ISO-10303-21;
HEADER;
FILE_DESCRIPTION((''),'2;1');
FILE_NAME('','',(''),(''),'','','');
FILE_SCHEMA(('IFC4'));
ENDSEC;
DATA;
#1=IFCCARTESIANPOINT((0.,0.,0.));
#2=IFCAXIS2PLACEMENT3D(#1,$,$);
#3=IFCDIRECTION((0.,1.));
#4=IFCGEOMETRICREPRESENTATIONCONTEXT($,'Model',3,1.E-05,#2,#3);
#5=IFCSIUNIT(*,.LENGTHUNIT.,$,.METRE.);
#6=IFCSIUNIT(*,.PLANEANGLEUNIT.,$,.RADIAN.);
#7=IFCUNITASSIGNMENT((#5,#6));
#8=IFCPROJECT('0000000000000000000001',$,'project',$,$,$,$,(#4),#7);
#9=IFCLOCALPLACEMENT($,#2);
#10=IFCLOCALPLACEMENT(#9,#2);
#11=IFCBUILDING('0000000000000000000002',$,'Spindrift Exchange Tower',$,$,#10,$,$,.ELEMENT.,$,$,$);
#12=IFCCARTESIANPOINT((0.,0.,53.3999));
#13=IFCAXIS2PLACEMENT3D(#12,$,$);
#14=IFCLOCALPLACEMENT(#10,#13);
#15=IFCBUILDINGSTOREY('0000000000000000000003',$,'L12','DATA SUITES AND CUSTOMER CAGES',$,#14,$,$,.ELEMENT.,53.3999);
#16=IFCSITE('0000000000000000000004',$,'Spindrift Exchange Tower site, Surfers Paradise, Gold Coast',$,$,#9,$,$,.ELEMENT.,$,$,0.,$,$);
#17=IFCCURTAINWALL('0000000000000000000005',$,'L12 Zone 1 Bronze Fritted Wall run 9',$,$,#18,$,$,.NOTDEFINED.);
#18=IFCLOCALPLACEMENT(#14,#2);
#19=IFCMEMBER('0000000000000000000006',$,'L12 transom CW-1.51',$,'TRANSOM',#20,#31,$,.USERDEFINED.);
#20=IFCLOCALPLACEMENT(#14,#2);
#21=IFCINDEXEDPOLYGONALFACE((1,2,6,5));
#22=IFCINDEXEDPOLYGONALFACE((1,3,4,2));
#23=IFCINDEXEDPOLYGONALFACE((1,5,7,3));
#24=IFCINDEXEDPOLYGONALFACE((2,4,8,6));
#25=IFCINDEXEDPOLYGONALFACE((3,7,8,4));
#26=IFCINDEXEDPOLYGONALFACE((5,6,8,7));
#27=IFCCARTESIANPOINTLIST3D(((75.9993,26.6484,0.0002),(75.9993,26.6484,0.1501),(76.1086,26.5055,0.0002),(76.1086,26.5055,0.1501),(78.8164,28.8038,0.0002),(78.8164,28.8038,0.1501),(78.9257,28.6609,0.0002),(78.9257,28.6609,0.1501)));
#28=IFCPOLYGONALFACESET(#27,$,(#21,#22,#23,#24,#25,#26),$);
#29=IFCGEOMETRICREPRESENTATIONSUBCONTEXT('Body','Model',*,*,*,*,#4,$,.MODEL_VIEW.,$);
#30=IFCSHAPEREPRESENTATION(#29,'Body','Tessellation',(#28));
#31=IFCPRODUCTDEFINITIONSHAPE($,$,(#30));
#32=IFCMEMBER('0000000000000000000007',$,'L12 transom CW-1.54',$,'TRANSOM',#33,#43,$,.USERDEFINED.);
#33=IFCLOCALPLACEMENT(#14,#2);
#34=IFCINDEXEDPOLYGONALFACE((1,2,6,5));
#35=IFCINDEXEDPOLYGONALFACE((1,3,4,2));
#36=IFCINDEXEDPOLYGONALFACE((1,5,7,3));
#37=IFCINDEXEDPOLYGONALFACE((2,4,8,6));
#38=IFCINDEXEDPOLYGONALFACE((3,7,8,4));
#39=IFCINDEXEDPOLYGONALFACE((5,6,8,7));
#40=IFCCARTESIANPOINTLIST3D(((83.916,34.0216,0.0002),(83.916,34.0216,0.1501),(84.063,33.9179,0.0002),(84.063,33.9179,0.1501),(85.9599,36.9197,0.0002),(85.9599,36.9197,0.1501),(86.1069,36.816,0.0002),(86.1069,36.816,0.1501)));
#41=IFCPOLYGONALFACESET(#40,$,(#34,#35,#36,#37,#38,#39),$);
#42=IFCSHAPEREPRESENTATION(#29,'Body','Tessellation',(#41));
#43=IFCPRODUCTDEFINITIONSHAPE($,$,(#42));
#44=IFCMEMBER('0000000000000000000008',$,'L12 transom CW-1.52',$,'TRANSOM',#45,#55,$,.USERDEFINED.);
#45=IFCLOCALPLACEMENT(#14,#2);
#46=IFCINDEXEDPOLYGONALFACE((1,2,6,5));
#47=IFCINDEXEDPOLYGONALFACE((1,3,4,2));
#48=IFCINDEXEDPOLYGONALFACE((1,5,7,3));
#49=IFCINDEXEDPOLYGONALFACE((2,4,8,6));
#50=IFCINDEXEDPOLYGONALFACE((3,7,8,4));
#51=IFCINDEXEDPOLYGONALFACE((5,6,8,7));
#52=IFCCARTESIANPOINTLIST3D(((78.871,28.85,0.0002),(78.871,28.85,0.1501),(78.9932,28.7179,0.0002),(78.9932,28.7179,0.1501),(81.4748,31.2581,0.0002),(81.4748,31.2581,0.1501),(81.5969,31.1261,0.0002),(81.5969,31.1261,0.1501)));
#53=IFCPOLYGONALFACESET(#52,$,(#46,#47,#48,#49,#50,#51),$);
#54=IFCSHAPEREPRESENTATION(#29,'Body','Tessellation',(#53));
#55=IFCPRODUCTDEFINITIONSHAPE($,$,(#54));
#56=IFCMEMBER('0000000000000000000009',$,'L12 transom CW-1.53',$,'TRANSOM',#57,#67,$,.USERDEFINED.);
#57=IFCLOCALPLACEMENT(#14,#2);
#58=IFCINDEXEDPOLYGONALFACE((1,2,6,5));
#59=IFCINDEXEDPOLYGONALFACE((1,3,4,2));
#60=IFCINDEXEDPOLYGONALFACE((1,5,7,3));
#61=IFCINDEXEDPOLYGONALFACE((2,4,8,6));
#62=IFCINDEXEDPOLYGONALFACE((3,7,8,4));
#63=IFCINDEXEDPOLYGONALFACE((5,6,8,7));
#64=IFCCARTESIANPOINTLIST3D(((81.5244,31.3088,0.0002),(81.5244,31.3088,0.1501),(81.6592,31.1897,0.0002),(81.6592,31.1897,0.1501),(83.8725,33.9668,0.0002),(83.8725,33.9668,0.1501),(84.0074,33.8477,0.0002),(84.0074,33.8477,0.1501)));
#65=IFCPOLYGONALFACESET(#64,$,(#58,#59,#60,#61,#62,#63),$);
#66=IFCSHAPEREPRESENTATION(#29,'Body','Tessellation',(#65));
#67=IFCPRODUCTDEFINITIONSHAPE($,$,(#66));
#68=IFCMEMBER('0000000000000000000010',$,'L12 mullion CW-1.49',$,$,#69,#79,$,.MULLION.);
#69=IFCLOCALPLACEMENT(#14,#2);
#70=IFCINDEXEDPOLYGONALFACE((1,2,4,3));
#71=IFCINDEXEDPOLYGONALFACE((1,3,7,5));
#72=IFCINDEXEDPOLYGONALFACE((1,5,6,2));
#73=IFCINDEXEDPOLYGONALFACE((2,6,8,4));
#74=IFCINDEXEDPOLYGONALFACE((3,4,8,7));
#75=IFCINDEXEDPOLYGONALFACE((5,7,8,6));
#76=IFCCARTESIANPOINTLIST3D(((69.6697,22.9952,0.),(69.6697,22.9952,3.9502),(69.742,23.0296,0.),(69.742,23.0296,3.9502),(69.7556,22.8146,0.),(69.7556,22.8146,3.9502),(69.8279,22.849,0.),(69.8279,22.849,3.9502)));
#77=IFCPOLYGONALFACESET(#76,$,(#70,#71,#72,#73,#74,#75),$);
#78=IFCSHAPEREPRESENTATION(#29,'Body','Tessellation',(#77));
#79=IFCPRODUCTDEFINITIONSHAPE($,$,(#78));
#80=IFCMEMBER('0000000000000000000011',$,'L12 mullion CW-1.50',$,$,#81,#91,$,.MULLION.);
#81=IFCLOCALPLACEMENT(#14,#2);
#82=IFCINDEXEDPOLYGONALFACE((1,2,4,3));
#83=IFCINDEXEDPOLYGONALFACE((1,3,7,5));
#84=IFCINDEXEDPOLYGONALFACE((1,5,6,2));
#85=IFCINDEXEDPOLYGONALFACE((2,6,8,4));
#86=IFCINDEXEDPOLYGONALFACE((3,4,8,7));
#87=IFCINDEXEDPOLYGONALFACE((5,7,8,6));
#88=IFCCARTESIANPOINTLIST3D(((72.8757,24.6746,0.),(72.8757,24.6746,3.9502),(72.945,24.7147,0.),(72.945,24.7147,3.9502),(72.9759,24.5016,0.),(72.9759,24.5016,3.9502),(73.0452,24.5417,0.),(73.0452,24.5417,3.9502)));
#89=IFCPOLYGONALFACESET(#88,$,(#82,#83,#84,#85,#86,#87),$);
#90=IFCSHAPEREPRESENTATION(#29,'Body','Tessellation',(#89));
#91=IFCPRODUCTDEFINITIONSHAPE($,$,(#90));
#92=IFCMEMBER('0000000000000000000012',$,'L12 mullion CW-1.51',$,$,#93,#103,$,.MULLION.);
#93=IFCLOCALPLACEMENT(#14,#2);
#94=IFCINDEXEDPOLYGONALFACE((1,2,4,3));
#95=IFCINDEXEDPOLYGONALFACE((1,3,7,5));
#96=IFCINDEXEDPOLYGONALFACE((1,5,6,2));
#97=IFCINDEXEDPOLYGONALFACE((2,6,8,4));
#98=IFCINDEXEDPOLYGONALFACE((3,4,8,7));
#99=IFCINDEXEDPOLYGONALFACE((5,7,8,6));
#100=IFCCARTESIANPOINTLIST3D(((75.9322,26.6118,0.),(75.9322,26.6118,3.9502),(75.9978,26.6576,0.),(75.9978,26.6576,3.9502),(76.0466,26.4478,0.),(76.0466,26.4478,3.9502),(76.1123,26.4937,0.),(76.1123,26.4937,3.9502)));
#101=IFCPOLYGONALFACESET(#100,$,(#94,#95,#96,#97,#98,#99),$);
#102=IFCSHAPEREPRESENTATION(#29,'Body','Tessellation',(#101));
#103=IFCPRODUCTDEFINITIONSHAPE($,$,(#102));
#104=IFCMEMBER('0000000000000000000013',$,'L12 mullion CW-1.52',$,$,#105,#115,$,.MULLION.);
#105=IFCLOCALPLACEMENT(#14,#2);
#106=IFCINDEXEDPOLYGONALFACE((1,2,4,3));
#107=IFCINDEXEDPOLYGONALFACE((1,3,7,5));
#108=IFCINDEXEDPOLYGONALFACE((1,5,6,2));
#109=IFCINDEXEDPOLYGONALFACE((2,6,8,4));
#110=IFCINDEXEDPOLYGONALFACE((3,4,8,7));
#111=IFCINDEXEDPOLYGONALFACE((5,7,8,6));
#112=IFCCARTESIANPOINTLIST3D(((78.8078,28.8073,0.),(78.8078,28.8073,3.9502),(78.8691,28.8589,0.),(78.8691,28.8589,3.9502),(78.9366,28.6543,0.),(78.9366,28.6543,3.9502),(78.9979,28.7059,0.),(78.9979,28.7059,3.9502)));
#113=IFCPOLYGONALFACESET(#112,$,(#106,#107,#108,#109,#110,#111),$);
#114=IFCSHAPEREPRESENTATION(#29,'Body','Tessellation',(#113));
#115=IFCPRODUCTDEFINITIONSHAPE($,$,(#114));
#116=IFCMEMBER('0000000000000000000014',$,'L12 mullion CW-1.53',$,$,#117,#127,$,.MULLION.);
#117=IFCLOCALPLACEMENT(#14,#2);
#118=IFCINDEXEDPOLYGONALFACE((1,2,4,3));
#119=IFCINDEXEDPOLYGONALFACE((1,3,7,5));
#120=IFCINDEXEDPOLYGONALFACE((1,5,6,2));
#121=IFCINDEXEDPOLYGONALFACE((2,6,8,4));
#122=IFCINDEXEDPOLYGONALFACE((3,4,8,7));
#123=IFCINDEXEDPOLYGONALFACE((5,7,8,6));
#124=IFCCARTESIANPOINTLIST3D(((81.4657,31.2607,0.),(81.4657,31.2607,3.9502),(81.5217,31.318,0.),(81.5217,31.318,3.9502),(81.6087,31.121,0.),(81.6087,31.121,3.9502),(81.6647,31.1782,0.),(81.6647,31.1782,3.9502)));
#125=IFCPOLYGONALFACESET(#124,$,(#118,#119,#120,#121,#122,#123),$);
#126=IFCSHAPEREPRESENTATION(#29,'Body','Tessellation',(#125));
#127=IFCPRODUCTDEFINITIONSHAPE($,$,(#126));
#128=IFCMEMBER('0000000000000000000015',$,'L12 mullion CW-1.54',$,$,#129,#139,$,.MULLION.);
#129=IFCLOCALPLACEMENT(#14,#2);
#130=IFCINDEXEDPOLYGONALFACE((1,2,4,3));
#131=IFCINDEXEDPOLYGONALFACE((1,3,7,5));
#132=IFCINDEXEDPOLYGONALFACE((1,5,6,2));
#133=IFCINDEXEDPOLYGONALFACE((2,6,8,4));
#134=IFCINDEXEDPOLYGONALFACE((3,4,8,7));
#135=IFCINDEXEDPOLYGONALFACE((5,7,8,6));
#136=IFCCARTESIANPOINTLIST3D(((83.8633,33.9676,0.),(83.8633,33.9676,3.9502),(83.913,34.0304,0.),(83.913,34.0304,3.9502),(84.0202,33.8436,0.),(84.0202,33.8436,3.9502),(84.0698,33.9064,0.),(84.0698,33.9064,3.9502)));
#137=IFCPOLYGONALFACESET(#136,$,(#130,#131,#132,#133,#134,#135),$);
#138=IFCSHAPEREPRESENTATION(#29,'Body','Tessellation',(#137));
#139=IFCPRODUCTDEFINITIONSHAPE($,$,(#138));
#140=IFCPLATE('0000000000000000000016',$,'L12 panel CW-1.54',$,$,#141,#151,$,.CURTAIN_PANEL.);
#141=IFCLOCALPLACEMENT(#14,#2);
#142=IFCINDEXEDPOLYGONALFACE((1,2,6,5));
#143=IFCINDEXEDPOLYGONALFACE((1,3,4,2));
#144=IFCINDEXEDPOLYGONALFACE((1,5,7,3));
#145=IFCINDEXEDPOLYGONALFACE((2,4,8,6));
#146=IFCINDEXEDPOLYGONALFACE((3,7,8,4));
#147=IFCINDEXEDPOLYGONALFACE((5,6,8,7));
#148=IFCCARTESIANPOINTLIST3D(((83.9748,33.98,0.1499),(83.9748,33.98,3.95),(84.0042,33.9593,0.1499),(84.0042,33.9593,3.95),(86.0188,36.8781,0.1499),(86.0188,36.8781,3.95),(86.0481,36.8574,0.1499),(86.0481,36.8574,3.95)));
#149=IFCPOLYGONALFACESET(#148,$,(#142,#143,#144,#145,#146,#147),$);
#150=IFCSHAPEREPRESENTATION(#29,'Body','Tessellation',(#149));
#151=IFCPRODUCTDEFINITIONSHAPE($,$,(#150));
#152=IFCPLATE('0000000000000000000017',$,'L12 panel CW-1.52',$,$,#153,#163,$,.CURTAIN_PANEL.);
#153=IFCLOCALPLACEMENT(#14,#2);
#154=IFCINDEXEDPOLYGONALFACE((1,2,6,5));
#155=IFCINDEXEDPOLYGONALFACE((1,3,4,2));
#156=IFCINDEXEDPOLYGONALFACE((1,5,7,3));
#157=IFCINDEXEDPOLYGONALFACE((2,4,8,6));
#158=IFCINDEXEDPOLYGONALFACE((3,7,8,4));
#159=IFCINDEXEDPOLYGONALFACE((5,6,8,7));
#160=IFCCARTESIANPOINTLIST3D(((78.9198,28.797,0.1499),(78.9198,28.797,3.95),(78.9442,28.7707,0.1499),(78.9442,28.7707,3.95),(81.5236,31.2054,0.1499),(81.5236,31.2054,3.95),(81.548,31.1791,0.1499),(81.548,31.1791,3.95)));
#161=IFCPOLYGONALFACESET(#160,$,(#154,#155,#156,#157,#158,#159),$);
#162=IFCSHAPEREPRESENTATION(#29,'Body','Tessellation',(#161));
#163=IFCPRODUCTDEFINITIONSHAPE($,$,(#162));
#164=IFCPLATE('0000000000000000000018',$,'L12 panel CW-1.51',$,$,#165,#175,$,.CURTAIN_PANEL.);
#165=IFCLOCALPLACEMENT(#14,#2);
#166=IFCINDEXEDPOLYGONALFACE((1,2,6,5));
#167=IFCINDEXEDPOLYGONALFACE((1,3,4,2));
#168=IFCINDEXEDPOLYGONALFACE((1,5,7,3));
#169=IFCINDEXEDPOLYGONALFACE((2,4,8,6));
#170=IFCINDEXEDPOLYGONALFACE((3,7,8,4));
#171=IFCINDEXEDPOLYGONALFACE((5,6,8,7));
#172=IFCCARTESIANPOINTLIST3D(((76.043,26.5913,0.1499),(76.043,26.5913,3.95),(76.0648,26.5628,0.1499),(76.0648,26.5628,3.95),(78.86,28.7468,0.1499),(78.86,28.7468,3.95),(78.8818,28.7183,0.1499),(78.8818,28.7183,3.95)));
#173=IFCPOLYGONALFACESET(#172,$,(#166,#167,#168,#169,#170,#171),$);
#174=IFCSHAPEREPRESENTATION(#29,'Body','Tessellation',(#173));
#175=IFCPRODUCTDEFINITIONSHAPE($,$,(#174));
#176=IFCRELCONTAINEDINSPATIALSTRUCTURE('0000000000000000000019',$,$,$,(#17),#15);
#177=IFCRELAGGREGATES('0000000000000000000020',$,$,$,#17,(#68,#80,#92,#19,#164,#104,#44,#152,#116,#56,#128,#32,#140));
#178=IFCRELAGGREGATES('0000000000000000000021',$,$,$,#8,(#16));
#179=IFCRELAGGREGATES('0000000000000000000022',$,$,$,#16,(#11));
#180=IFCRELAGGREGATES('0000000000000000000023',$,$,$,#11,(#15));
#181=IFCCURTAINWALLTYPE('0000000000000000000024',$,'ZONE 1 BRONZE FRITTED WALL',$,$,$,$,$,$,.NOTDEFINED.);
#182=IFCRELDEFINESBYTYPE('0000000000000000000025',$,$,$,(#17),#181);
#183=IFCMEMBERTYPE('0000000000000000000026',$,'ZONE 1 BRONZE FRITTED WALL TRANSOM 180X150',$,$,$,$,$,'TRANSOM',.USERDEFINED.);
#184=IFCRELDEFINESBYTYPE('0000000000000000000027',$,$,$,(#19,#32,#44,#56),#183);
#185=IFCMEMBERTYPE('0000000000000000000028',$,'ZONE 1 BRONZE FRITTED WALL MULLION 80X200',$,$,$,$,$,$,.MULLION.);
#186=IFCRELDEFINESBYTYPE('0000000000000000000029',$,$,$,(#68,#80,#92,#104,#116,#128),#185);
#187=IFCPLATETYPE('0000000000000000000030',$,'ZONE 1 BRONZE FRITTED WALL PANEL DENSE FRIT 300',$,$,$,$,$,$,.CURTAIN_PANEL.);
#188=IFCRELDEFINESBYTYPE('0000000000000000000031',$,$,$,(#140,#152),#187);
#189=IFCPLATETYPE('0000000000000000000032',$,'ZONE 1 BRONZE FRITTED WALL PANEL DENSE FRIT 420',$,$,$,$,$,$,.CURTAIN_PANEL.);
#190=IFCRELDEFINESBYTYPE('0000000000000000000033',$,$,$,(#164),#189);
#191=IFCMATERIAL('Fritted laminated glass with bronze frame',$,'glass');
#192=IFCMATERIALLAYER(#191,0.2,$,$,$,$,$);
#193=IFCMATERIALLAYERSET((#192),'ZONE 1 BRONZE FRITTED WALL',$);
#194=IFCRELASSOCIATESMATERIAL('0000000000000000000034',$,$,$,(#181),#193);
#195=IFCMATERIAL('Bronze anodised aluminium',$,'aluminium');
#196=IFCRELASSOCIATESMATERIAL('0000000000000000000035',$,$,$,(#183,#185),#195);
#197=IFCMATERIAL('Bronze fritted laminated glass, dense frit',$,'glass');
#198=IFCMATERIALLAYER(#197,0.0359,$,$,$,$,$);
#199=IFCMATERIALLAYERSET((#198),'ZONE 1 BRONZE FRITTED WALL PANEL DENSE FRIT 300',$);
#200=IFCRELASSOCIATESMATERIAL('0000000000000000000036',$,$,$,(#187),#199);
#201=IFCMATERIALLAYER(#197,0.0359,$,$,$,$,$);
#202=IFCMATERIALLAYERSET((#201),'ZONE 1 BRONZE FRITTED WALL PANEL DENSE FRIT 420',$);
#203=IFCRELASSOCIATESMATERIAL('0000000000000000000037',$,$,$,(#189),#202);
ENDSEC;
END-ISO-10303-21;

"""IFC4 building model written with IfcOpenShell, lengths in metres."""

from ifc_helpers import new_model, si_unit, direction, frame, origin, origin_2d, place, context, subcontext, project, spatial, rectangle, extrude, source, transform, mapped, material, layer, layer_set, material_profile, profile_set, type_object, element, aggregate, save


model = new_model("IFC4")

# Units and contexts
model_context = context("Model", 3, precision=1e-05, world=origin(), true_north=direction((0.0, 1.0)))
body_context = subcontext(model_context, "Body", "Model", "MODEL_VIEW")
ifc_project = project(units=[si_unit("LENGTHUNIT", "METRE"), si_unit("PLANEANGLEUNIT", "RADIAN")], contexts=[model_context])

# Site, building, storey
site_placement = place(None, origin())
site = spatial("IfcSite", under=ifc_project, at=site_placement, Name="Spindrift Exchange Tower site, Surfers Paradise, Gold Coast", CompositionType="ELEMENT", RefElevation=0.0)
building_placement = place(site_placement, origin())
building = spatial("IfcBuilding", under=site, at=building_placement, Name="Spindrift Exchange Tower", CompositionType="ELEMENT")
storey_placement = place(building_placement, frame((0.0, 0.0, 53.3999)))
storey = spatial("IfcBuildingStorey", under=building, at=storey_placement, Name="L12", Description="DATA SUITES AND CUSTOMER CAGES", CompositionType="ELEMENT", Elevation=53.3999)

# Curtain wall
ifc_material_1 = material(Name="Fritted laminated glass with bronze frame", Category="glass")
ifc_layer_1 = layer(ifc_material_1, 0.2)
ifc_layer_set_1 = layer_set([ifc_layer_1], Name="ZONE 1 BRONZE FRITTED WALL")
curtain_wall_type = type_object("IfcCurtainWallType", Name="ZONE 1 BRONZE FRITTED WALL", PredefinedType="NOTDEFINED", material=ifc_layer_set_1)
curtain_wall_1_placement = place(storey_placement, origin())
curtain_wall_1 = element("IfcCurtainWall", 1, at=curtain_wall_1_placement, inside=storey, type_object=curtain_wall_type, Name="L12 Zone 1 Bronze Fritted Wall run 9", PredefinedType="NOTDEFINED")
ifc_material_2 = material(Name="Bronze anodised aluminium", Category="aluminium")
ifc_material_profile_1 = material_profile(ifc_material_2, rectangle(XDim=0.1799, YDim=0.1499, at=origin_2d()), Name="ZONE 1 BRONZE FRITTED WALL TRANSOM 180X150")
ifc_profile_set_1 = profile_set([ifc_material_profile_1], Name="Bronze anodised aluminium")
member_type_1 = type_object("IfcMemberType", Name="ZONE 1 BRONZE FRITTED WALL TRANSOM 180X150", ElementType="TRANSOM", PredefinedType="USERDEFINED", material=ifc_profile_set_1)

# Members
shared_shape_1 = source(origin(), body_context, "Body", "SweptSolid", [
    extrude(rectangle(XDim=0.1799, YDim=0.1499, at=origin_2d()), origin(), (0.0, 0.0, 1.0), 3.5471),
])
member_1_placement = place(storey_placement, frame((76.054, 26.5769, 0.0752), z_axis=(0.79419, 0.60767, 0.0), x_axis=(-0.60767, 0.79419, 0.0)))
member_1 = element("IfcMember", 2, at=member_1_placement, type_object=member_type_1, Name="L12 transom CW-1.51", ObjectType="TRANSOM", PredefinedType="USERDEFINED", context=body_context, shape_type="MappedRepresentation", body=[
    mapped(shared_shape_1, transform((0.0, 0.0, 0.0), scale=1.0)),
])
shared_shape_2 = source(origin(), body_context, "Body", "SweptSolid", [
    extrude(rectangle(XDim=0.1799, YDim=0.1499, at=origin_2d()), origin(), (0.0, 0.0, 1.0), 3.5464),
])
member_2_placement = place(storey_placement, frame((83.9895, 33.9697, 0.0752), z_axis=(0.576337, 0.817212, 0.0), x_axis=(-0.817212, 0.576337, 0.0)))
member_2 = element("IfcMember", 3, at=member_2_placement, type_object=member_type_1, Name="L12 transom CW-1.54", ObjectType="TRANSOM", PredefinedType="USERDEFINED", context=body_context, shape_type="MappedRepresentation", body=[
    mapped(shared_shape_2, transform((0.0, 0.0, 0.0), scale=1.0)),
])
shared_shape_3 = source(origin(), body_context, "Body", "SweptSolid", [
    extrude(rectangle(XDim=0.1799, YDim=0.1499, at=origin_2d()), origin(), (0.0, 0.0, 1.0), 3.5466),
])
member_3_placement = place(storey_placement, frame((78.9321, 28.7839, 0.0752), z_axis=(0.734138, 0.679, 0.0), x_axis=(-0.679, 0.734138, 0.0)))
member_3 = element("IfcMember", 4, at=member_3_placement, type_object=member_type_1, Name="L12 transom CW-1.52", ObjectType="TRANSOM", PredefinedType="USERDEFINED", context=body_context, shape_type="MappedRepresentation", body=[
    mapped(shared_shape_3, transform((0.0, 0.0, 0.0), scale=1.0)),
])
member_4_placement = place(storey_placement, frame((81.5918, 31.2493, 0.0752), z_axis=(0.662079, 0.749434, 0.0), x_axis=(-0.749434, 0.662079, 0.0)))
member_4 = element("IfcMember", 5, at=member_4_placement, type_object=member_type_1, Name="L12 transom CW-1.53", ObjectType="TRANSOM", PredefinedType="USERDEFINED", context=body_context, shape_type="MappedRepresentation", body=[
    mapped(shared_shape_3, transform((0.0, 0.0, 0.0), scale=1.0)),
])
ifc_material_profile_2 = material_profile(ifc_material_2, rectangle(XDim=0.0801, YDim=0.2, at=origin_2d()), Name="ZONE 1 BRONZE FRITTED WALL MULLION 80X200")
ifc_profile_set_2 = profile_set([ifc_material_profile_2], Name="Bronze anodised aluminium")
member_type_2 = type_object("IfcMemberType", Name="ZONE 1 BRONZE FRITTED WALL MULLION 80X200", PredefinedType="MULLION", material=ifc_profile_set_2)
shared_shape_4 = source(origin(), body_context, "Body", "SweptSolid", [
    extrude(rectangle(XDim=0.0801, YDim=0.2, at=origin_2d()), origin(), (0.0, 0.0, 1.0), 3.9502),
])
member_5_placement = place(storey_placement, frame((69.7488, 22.9221, 0.0), z_axis=(0.0, 0.0, 1.0), x_axis=(0.903023, 0.429591, 0.0)))
member_5 = element("IfcMember", 6, at=member_5_placement, type_object=member_type_2, Name="L12 mullion CW-1.49", PredefinedType="MULLION", context=body_context, shape_type="MappedRepresentation", body=[
    mapped(shared_shape_4, transform((0.0, 0.0, 0.0), scale=1.0)),
])
member_6_placement = place(storey_placement, frame((72.9604, 24.6082, 0.0), z_axis=(0.0, 0.0, 1.0), x_axis=(0.865517, 0.500879, 0.0)))
member_6 = element("IfcMember", 7, at=member_6_placement, type_object=member_type_2, Name="L12 mullion CW-1.50", PredefinedType="MULLION", context=body_context, shape_type="MappedRepresentation", body=[
    mapped(shared_shape_4, transform((0.0, 0.0, 0.0), scale=1.0)),
])
member_7_placement = place(storey_placement, frame((76.0222, 26.5527, 0.0), z_axis=(0.0, 0.0, 1.0), x_axis=(0.819944, 0.572443, 0.0)))
member_7 = element("IfcMember", 8, at=member_7_placement, type_object=member_type_2, Name="L12 mullion CW-1.51", PredefinedType="MULLION", context=body_context, shape_type="MappedRepresentation", body=[
    mapped(shared_shape_4, transform((0.0, 0.0, 0.0), scale=1.0)),
])
member_8_placement = place(storey_placement, frame((78.9028, 28.7566, 0.0), z_axis=(0.0, 0.0, 1.0), x_axis=(0.764985, 0.644049, 0.0)))
member_8 = element("IfcMember", 9, at=member_8_placement, type_object=member_type_2, Name="L12 mullion CW-1.52", PredefinedType="MULLION", context=body_context, shape_type="MappedRepresentation", body=[
    mapped(shared_shape_4, transform((0.0, 0.0, 0.0), scale=1.0)),
])
member_9_placement = place(storey_placement, frame((81.5652, 31.2195, 0.0), z_axis=(0.0, 0.0, 1.0), x_axis=(0.699005, 0.715117, 0.0)))
member_9 = element("IfcMember", 10, at=member_9_placement, type_object=member_type_2, Name="L12 mullion CW-1.53", PredefinedType="MULLION", context=body_context, shape_type="MappedRepresentation", body=[
    mapped(shared_shape_4, transform((0.0, 0.0, 0.0), scale=1.0)),
])
member_10_placement = place(storey_placement, frame((83.9666, 33.937, 0.0), z_axis=(0.0, 0.0, 1.0), x_axis=(0.620163, 0.784473, 0.0)))
member_10 = element("IfcMember", 11, at=member_10_placement, type_object=member_type_2, Name="L12 mullion CW-1.54", PredefinedType="MULLION", context=body_context, shape_type="MappedRepresentation", body=[
    mapped(shared_shape_4, transform((0.0, 0.0, 0.0), scale=1.0)),
])

# Plates
ifc_material_3 = material(Name="Bronze fritted laminated glass, dense frit", Category="glass")
ifc_layer_2 = layer(ifc_material_3, 0.0359)
ifc_layer_set_2 = layer_set([ifc_layer_2], Name="ZONE 1 BRONZE FRITTED WALL PANEL DENSE FRIT 300")
plate_type_1 = type_object("IfcPlateType", Name="ZONE 1 BRONZE FRITTED WALL PANEL DENSE FRIT 300", PredefinedType="CURTAIN_PANEL", material=ifc_layer_set_2)
shared_shape_5 = source(origin(), body_context, "Body", "SweptSolid", [
    extrude(rectangle(XDim=3.5464, YDim=0.0359, at=origin_2d()), origin(), (0.0, 0.0, 1.0), 3.8),
])
plate_1_placement = place(storey_placement, frame((85.0115, 35.4187, 0.1499), z_axis=(0.0, 0.0, 1.0), x_axis=(0.57635, 0.817203, 0.0)))
plate_1 = element("IfcPlate", 12, at=plate_1_placement, type_object=plate_type_1, Name="L12 panel CW-1.54", PredefinedType="CURTAIN_PANEL", context=body_context, shape_type="MappedRepresentation", body=[
    mapped(shared_shape_5, transform((0.0, 0.0, 0.0), scale=1.0)),
])
shared_shape_6 = source(origin(), body_context, "Body", "SweptSolid", [
    extrude(rectangle(XDim=3.5469, YDim=0.0359, at=origin_2d()), origin(), (0.0, 0.0, 1.0), 3.8),
])
plate_2_placement = place(storey_placement, frame((80.2339, 29.988, 0.1499), z_axis=(0.0, 0.0, 1.0), x_axis=(0.734115, 0.679025, 0.0)))
plate_2 = element("IfcPlate", 13, at=plate_2_placement, type_object=plate_type_1, Name="L12 panel CW-1.52", PredefinedType="CURTAIN_PANEL", context=body_context, shape_type="MappedRepresentation", body=[
    mapped(shared_shape_6, transform((0.0, 0.0, 0.0), scale=1.0)),
])
ifc_layer_3 = layer(ifc_material_3, 0.0359)
ifc_layer_set_3 = layer_set([ifc_layer_3], Name="ZONE 1 BRONZE FRITTED WALL PANEL DENSE FRIT 420")
plate_type_2 = type_object("IfcPlateType", Name="ZONE 1 BRONZE FRITTED WALL PANEL DENSE FRIT 420", PredefinedType="CURTAIN_PANEL", material=ifc_layer_set_3)
shared_shape_7 = source(origin(), body_context, "Body", "SweptSolid", [
    extrude(rectangle(XDim=3.5471, YDim=0.0359, at=origin_2d()), origin(), (0.0, 0.0, 1.0), 3.8),
])
plate_3_placement = place(storey_placement, frame((77.4624, 27.6548, 0.1499), z_axis=(0.0, 0.0, 1.0), x_axis=(0.79419, 0.60767, 0.0)))
plate_3 = element("IfcPlate", 14, at=plate_3_placement, type_object=plate_type_2, Name="L12 panel CW-1.51", PredefinedType="CURTAIN_PANEL", context=body_context, shape_type="MappedRepresentation", body=[
    mapped(shared_shape_7, transform((0.0, 0.0, 0.0), scale=1.0)),
])
aggregate(curtain_wall_1, [member_5, member_6, member_7, member_1, plate_3, member_8, member_3, plate_2, member_9, member_4, member_10, member_2, plate_1])

save(model, "model.ifc")
